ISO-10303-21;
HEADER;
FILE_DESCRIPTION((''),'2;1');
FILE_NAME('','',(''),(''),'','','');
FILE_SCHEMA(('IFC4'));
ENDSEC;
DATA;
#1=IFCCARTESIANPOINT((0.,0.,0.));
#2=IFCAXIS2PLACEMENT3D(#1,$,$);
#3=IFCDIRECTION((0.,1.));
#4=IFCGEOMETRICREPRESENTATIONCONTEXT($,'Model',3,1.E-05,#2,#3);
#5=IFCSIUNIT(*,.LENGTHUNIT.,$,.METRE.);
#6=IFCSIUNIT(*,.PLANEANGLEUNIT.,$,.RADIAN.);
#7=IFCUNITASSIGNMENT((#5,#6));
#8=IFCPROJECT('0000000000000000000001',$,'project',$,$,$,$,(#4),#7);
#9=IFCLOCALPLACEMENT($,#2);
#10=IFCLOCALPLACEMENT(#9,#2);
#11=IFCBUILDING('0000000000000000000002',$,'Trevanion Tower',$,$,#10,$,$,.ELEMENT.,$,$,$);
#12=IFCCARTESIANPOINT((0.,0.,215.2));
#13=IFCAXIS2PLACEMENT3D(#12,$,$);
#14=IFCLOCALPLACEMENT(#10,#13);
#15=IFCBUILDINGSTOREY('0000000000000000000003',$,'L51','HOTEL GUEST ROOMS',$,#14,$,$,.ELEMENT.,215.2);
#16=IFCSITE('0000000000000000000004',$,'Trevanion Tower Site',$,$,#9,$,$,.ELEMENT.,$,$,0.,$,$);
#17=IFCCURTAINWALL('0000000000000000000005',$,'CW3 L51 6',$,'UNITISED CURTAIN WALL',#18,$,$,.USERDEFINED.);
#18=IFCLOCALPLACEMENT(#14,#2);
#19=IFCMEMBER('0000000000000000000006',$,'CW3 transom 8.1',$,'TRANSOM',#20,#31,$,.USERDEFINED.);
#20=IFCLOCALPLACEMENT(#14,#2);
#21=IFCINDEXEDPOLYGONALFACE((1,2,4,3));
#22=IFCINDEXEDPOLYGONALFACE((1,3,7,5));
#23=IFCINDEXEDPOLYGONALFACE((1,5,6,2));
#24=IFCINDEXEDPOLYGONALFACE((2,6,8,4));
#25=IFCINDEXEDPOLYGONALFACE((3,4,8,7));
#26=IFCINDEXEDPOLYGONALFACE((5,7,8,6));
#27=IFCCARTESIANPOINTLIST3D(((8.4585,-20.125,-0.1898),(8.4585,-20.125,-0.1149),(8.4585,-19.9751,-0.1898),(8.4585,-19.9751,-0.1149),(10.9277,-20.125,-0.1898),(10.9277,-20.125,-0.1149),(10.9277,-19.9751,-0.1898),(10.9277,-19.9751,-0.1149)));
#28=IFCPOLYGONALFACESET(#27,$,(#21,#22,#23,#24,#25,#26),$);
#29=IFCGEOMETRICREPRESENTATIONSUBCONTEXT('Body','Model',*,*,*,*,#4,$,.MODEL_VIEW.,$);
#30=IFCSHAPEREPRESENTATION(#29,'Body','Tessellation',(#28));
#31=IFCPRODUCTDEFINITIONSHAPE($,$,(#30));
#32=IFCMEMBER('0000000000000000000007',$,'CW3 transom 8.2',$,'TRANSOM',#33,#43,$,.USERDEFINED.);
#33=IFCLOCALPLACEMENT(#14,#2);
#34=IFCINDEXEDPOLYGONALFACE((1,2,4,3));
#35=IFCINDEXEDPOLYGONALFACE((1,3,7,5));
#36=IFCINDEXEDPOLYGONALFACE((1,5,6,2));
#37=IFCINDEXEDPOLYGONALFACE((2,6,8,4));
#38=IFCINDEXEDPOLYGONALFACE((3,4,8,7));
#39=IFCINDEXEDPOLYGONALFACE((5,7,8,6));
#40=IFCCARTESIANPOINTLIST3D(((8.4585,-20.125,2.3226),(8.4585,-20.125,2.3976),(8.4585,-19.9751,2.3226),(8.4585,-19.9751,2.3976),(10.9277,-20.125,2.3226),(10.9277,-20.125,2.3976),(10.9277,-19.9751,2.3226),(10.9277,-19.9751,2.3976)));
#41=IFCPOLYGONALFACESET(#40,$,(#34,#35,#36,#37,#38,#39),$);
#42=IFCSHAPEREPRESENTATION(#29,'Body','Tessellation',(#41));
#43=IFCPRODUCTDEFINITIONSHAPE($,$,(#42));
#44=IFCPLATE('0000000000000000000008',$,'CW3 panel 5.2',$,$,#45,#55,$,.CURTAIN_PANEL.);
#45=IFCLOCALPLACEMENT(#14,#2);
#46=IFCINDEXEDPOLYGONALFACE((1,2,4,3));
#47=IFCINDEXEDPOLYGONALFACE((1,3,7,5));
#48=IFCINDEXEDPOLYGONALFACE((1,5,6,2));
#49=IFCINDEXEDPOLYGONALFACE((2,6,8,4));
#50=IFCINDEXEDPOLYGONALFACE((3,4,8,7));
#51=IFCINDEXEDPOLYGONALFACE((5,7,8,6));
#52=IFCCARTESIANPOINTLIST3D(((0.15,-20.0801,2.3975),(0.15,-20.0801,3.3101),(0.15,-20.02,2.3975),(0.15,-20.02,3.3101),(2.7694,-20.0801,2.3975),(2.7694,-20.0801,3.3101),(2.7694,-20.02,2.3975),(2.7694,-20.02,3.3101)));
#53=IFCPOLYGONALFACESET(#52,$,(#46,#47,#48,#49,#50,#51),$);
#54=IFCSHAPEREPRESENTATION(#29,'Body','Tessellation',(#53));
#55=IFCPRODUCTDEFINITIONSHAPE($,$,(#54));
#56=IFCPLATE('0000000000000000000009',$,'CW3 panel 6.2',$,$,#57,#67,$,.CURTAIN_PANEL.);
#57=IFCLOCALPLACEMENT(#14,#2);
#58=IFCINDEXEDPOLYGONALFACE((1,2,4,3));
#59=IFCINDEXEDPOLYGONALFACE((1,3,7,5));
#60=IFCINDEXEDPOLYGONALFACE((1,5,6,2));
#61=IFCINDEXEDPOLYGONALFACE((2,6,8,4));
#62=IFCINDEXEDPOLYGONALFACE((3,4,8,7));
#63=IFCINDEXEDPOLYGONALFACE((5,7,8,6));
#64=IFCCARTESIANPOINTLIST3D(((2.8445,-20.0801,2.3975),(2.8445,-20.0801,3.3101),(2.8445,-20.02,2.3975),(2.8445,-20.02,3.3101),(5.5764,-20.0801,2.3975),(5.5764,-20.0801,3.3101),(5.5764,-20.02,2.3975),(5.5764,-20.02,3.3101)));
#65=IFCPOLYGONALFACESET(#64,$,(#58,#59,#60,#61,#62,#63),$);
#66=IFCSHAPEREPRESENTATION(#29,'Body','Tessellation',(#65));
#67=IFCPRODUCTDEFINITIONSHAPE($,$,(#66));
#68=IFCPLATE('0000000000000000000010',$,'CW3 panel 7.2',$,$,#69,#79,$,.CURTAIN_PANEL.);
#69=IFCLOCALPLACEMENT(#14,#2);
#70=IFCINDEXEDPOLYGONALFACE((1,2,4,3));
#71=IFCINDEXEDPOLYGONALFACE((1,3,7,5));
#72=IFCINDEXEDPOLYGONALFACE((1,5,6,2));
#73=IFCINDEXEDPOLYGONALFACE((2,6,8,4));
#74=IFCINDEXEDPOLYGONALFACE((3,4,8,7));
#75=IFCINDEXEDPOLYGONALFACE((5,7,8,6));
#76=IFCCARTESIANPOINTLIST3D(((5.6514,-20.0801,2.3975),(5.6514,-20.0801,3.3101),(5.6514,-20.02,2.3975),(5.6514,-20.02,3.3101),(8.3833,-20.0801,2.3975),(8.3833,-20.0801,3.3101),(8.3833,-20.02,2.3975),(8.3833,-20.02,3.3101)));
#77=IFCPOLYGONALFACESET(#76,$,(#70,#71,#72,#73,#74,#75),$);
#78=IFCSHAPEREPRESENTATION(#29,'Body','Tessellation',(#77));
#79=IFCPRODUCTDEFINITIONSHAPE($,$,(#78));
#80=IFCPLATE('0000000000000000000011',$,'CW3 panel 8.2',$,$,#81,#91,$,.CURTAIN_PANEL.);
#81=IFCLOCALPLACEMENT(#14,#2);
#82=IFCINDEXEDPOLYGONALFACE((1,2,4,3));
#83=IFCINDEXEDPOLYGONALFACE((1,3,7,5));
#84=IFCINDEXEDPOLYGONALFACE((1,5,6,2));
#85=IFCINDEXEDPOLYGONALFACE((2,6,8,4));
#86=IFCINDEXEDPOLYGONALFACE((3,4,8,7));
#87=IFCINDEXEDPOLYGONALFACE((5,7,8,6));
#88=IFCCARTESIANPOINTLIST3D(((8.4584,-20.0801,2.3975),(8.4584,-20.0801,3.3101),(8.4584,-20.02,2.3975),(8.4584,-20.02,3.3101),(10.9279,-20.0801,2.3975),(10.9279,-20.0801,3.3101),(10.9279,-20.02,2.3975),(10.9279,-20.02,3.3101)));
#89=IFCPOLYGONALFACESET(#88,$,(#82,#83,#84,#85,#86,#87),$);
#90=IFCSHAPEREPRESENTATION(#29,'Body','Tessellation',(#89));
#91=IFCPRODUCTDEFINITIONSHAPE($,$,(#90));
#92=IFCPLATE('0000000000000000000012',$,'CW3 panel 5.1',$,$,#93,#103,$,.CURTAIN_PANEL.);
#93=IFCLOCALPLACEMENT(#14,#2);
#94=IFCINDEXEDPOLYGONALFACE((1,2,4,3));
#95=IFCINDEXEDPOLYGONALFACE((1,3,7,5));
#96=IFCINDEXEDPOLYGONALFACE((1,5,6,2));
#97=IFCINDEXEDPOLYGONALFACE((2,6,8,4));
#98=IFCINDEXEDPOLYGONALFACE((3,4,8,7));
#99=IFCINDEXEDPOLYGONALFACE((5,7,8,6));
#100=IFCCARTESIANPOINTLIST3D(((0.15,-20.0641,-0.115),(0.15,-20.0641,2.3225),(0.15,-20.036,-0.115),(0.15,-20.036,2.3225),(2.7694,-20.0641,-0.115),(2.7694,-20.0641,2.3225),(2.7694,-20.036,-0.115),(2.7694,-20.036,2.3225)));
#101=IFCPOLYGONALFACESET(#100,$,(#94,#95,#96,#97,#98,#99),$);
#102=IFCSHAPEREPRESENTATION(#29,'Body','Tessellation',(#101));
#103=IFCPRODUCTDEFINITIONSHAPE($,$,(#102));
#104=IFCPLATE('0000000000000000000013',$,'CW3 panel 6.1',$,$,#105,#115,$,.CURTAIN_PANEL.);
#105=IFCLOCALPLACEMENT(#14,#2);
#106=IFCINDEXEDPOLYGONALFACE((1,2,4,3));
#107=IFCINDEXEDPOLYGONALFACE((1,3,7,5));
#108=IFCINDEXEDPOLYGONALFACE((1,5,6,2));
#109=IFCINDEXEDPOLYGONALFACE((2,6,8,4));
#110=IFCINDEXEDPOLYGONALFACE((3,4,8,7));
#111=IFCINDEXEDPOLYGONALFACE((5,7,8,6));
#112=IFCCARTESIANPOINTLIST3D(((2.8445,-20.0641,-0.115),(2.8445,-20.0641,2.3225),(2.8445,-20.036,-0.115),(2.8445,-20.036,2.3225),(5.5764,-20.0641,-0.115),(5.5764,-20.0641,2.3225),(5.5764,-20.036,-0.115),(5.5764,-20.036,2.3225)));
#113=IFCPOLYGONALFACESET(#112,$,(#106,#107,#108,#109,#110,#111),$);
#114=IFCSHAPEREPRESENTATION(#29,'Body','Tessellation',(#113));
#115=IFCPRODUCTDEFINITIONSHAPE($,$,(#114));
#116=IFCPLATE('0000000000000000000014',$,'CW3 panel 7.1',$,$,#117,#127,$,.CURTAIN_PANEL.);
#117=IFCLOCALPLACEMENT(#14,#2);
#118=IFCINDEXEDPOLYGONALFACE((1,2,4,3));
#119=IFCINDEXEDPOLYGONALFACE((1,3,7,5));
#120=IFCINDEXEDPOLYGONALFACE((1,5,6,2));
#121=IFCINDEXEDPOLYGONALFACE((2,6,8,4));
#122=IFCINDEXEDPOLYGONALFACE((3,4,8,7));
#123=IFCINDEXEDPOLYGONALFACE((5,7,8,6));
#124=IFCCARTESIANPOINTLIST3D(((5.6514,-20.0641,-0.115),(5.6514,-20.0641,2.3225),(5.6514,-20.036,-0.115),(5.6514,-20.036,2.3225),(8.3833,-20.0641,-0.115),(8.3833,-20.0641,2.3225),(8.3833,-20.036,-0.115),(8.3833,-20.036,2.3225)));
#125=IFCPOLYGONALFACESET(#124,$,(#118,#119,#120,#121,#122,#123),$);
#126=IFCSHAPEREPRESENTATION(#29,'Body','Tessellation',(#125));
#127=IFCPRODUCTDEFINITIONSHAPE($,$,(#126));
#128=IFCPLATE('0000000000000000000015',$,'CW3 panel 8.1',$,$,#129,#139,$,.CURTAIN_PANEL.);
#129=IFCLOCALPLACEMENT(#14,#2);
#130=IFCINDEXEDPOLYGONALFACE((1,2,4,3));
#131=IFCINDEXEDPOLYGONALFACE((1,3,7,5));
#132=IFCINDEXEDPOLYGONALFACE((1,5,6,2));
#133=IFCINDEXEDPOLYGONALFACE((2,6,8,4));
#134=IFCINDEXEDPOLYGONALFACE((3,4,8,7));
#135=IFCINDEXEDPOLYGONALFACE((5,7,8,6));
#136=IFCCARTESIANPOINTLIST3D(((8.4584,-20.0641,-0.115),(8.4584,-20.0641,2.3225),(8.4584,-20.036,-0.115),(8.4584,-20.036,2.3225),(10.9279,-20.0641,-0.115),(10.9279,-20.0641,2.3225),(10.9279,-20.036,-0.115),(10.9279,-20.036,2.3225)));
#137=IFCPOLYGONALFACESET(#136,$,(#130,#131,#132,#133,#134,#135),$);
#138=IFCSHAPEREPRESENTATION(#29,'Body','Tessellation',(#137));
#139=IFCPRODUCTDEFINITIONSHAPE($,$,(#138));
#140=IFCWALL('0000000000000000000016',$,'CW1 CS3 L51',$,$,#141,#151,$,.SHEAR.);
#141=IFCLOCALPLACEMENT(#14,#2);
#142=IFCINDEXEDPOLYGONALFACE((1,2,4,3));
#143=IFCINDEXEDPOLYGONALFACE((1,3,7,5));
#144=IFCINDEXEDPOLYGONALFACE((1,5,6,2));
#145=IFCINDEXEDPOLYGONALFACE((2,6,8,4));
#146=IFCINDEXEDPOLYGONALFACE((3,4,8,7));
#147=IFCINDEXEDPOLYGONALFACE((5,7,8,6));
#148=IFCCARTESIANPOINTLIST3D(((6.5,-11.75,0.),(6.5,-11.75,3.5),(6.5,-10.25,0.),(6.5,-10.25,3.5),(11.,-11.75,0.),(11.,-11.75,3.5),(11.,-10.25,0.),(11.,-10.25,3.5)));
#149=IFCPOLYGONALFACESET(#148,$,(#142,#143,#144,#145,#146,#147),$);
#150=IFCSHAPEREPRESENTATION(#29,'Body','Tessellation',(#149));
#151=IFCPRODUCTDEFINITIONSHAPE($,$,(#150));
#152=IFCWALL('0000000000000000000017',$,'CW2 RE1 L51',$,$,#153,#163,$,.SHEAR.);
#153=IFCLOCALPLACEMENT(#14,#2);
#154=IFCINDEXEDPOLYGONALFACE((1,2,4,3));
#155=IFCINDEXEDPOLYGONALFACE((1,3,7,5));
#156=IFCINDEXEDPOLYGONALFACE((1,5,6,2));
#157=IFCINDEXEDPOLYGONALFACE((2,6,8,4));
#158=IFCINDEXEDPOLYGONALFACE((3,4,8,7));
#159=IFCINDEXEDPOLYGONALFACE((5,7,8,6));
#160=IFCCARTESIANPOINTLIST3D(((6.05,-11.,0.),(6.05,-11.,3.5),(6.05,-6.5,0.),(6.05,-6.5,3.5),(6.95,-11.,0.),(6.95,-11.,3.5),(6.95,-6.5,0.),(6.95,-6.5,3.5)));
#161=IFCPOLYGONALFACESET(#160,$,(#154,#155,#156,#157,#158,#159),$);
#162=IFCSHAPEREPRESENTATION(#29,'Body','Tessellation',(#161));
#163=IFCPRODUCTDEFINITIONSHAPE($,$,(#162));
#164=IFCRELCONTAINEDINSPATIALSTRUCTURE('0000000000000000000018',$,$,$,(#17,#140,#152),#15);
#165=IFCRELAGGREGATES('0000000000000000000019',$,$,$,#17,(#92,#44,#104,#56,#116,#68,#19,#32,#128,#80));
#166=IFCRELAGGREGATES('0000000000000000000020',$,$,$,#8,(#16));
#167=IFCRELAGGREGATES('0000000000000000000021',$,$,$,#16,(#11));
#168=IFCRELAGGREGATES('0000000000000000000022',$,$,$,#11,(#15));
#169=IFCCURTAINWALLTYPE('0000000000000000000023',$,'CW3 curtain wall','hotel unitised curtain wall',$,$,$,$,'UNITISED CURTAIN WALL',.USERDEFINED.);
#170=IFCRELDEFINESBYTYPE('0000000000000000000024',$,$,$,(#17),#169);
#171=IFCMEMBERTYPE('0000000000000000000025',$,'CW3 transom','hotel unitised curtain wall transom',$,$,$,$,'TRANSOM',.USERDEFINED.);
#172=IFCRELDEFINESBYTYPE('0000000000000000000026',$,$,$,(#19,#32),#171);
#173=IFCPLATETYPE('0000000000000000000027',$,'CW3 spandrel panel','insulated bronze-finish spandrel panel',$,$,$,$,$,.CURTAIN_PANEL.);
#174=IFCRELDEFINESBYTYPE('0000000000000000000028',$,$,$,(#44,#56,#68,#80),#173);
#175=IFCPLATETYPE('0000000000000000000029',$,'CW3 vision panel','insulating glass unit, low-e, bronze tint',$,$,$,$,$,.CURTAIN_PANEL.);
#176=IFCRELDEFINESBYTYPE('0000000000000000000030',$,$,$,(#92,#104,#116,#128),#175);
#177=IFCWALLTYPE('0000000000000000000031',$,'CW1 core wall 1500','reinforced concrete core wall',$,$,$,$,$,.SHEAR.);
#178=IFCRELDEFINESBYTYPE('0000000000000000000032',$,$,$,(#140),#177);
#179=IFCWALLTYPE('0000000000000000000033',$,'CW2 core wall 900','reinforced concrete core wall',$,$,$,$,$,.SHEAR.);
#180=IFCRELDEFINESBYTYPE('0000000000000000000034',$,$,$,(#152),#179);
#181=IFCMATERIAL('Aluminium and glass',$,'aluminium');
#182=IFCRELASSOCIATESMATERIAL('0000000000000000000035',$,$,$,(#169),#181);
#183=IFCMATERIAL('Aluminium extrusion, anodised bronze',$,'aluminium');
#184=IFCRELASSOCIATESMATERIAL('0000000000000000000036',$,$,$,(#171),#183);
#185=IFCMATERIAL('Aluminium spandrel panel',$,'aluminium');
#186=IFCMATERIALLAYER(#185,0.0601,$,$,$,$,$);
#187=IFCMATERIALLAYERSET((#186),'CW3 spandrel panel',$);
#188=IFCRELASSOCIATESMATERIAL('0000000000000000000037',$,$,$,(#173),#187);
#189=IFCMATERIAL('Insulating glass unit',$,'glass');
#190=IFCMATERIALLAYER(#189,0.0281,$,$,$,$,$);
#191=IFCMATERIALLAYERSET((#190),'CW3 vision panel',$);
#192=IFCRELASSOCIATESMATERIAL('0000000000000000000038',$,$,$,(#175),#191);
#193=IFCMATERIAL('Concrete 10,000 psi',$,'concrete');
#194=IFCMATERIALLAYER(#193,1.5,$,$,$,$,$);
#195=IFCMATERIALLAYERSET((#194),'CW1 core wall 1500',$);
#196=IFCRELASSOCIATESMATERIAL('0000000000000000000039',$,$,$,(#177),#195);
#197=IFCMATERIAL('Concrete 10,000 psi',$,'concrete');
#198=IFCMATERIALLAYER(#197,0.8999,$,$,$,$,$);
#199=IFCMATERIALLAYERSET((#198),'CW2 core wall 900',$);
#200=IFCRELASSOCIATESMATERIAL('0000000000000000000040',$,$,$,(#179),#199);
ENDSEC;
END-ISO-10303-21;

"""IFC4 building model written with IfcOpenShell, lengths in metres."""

from ifc_helpers import new_model, si_unit, direction, frame, frame_2d, origin, origin_2d, place, context, subcontext, project, spatial, rectangle, extrude, material, layer, layer_set, material_profile, profile_set, type_object, element, aggregate, save


model = new_model("IFC4")

# Units and contexts
model_context = context("Model", 3, precision=1e-05, world=origin(), true_north=direction((0.0, 1.0)))
body_context = subcontext(model_context, "Body", "Model", "MODEL_VIEW")
ifc_project = project(units=[si_unit("LENGTHUNIT", "METRE"), si_unit("PLANEANGLEUNIT", "RADIAN")], contexts=[model_context])

# Site, building, storey
site_placement = place(None, origin())
site = spatial("IfcSite", under=ifc_project, at=site_placement, Name="Trevanion Tower Site", CompositionType="ELEMENT", RefElevation=0.0)
building_placement = place(site_placement, origin())
building = spatial("IfcBuilding", under=site, at=building_placement, Name="Trevanion Tower", CompositionType="ELEMENT")
storey_placement = place(building_placement, frame((0.0, 0.0, 215.2)))
storey = spatial("IfcBuildingStorey", under=building, at=storey_placement, Name="L51", Description="HOTEL GUEST ROOMS", CompositionType="ELEMENT", Elevation=215.2)

# Curtain wall, members, plates
ifc_material_1 = material(Name="Aluminium and glass", Category="aluminium")
curtain_wall_type = type_object("IfcCurtainWallType", Name="CW3 curtain wall", Description="hotel unitised curtain wall", ElementType="UNITISED CURTAIN WALL", PredefinedType="USERDEFINED", material=ifc_material_1)
curtain_wall_placement = place(storey_placement, origin())
curtain_wall = element("IfcCurtainWall", 1, at=curtain_wall_placement, inside=storey, type_object=curtain_wall_type, Name="CW3 L51 6", ObjectType="UNITISED CURTAIN WALL", PredefinedType="USERDEFINED")
ifc_material_2 = material(Name="Aluminium extrusion, anodised bronze", Category="aluminium")
ifc_material_profile_1 = material_profile(ifc_material_2, rectangle(XDim=0.1499, YDim=0.075, at=origin_2d()), Name="CW3 transom")
ifc_profile_set_1 = profile_set([ifc_material_profile_1], Name="Aluminium extrusion, anodised bronze")
member_type_1 = type_object("IfcMemberType", Name="CW3 transom", Description="hotel unitised curtain wall transom", ElementType="TRANSOM", PredefinedType="USERDEFINED", material=ifc_profile_set_1)
member_1_placement = place(storey_placement, frame((8.4585, -20.05, -0.1523), z_axis=(1.0, 0.0, 0.0), x_axis=(0.0, 1.0, 0.0)))
member_1 = element("IfcMember", 2, at=member_1_placement, type_object=member_type_1, Name="CW3 transom 8.1", ObjectType="TRANSOM", PredefinedType="USERDEFINED", context=body_context, shape_type="SweptSolid", body=[
    extrude(rectangle(XDim=0.1499, YDim=0.075, at=origin_2d()), origin(), (0.0, 0.0, 1.0), 2.4692),
])
member_2_placement = place(storey_placement, frame((8.4585, -20.05, 2.3601), z_axis=(1.0, 0.0, 0.0), x_axis=(0.0, 1.0, 0.0)))
member_2 = element("IfcMember", 3, at=member_2_placement, type_object=member_type_1, Name="CW3 transom 8.2", ObjectType="TRANSOM", PredefinedType="USERDEFINED", context=body_context, shape_type="SweptSolid", body=[
    extrude(rectangle(XDim=0.1499, YDim=0.075, at=origin_2d()), origin(), (0.0, 0.0, 1.0), 2.4692),
])
ifc_material_3 = material(Name="Aluminium spandrel panel", Category="aluminium")
ifc_layer_1 = layer(ifc_material_3, 0.0601)
ifc_layer_set_1 = layer_set([ifc_layer_1], Name="CW3 spandrel panel")
plate_type_1 = type_object("IfcPlateType", Name="CW3 spandrel panel", Description="insulated bronze-finish spandrel panel", PredefinedType="CURTAIN_PANEL", material=ifc_layer_set_1)
plate_1_placement = place(storey_placement, frame((1.4597, -20.05, 2.3975), z_axis=(0.0, 0.0, 1.0), x_axis=(1.0, 0.0, 0.0)))
plate_1 = element("IfcPlate", 4, at=plate_1_placement, type_object=plate_type_1, Name="CW3 panel 5.2", PredefinedType="CURTAIN_PANEL", context=body_context, shape_type="SweptSolid", body=[
    extrude(rectangle(XDim=2.6194, YDim=0.0601, at=origin_2d()), origin(), (0.0, 0.0, 1.0), 0.9126),
])
plate_2_placement = place(storey_placement, frame((4.2104, -20.05, 2.3975), z_axis=(0.0, 0.0, 1.0), x_axis=(1.0, 0.0, 0.0)))
plate_2 = element("IfcPlate", 5, at=plate_2_placement, type_object=plate_type_1, Name="CW3 panel 6.2", PredefinedType="CURTAIN_PANEL", context=body_context, shape_type="SweptSolid", body=[
    extrude(rectangle(XDim=2.7319, YDim=0.0601, at=origin_2d()), origin(), (0.0, 0.0, 1.0), 0.9126),
])
plate_3_placement = place(storey_placement, frame((7.0173, -20.05, 2.3975), z_axis=(0.0, 0.0, 1.0), x_axis=(1.0, 0.0, 0.0)))
plate_3 = element("IfcPlate", 6, at=plate_3_placement, type_object=plate_type_1, Name="CW3 panel 7.2", PredefinedType="CURTAIN_PANEL", context=body_context, shape_type="SweptSolid", body=[
    extrude(rectangle(XDim=2.7319, YDim=0.0601, at=origin_2d()), origin(), (0.0, 0.0, 1.0), 0.9126),
])
plate_4_placement = place(storey_placement, frame((9.6931, -20.05, 2.3975), z_axis=(0.0, 0.0, 1.0), x_axis=(1.0, 0.0, 0.0)))
plate_4 = element("IfcPlate", 7, at=plate_4_placement, type_object=plate_type_1, Name="CW3 panel 8.2", PredefinedType="CURTAIN_PANEL", context=body_context, shape_type="SweptSolid", body=[
    extrude(rectangle(XDim=2.4695, YDim=0.0601, at=origin_2d()), origin(), (0.0, 0.0, 1.0), 0.9126),
])
ifc_material_4 = material(Name="Insulating glass unit", Category="glass")
ifc_layer_2 = layer(ifc_material_4, 0.0281)
ifc_layer_set_2 = layer_set([ifc_layer_2], Name="CW3 vision panel")
plate_type_2 = type_object("IfcPlateType", Name="CW3 vision panel", Description="insulating glass unit, low-e, bronze tint", PredefinedType="CURTAIN_PANEL", material=ifc_layer_set_2)
plate_5_placement = place(storey_placement, frame((1.4597, -20.05, -0.115), z_axis=(0.0, 0.0, 1.0), x_axis=(1.0, 0.0, 0.0)))
plate_5 = element("IfcPlate", 8, at=plate_5_placement, type_object=plate_type_2, Name="CW3 panel 5.1", PredefinedType="CURTAIN_PANEL", context=body_context, shape_type="SweptSolid", body=[
    extrude(rectangle(XDim=2.6194, YDim=0.0281, at=origin_2d()), origin(), (0.0, 0.0, 1.0), 2.4375),
])
plate_6_placement = place(storey_placement, frame((4.2104, -20.05, -0.115), z_axis=(0.0, 0.0, 1.0), x_axis=(1.0, 0.0, 0.0)))
plate_6 = element("IfcPlate", 9, at=plate_6_placement, type_object=plate_type_2, Name="CW3 panel 6.1", PredefinedType="CURTAIN_PANEL", context=body_context, shape_type="SweptSolid", body=[
    extrude(rectangle(XDim=2.7319, YDim=0.0281, at=origin_2d()), origin(), (0.0, 0.0, 1.0), 2.4375),
])
plate_7_placement = place(storey_placement, frame((7.0173, -20.05, -0.115), z_axis=(0.0, 0.0, 1.0), x_axis=(1.0, 0.0, 0.0)))
plate_7 = element("IfcPlate", 10, at=plate_7_placement, type_object=plate_type_2, Name="CW3 panel 7.1", PredefinedType="CURTAIN_PANEL", context=body_context, shape_type="SweptSolid", body=[
    extrude(rectangle(XDim=2.7319, YDim=0.0281, at=origin_2d()), origin(), (0.0, 0.0, 1.0), 2.4375),
])
plate_8_placement = place(storey_placement, frame((9.6931, -20.05, -0.115), z_axis=(0.0, 0.0, 1.0), x_axis=(1.0, 0.0, 0.0)))
plate_8 = element("IfcPlate", 11, at=plate_8_placement, type_object=plate_type_2, Name="CW3 panel 8.1", PredefinedType="CURTAIN_PANEL", context=body_context, shape_type="SweptSolid", body=[
    extrude(rectangle(XDim=2.4695, YDim=0.0281, at=origin_2d()), origin(), (0.0, 0.0, 1.0), 2.4375),
])
aggregate(curtain_wall, [plate_5, plate_1, plate_6, plate_2, plate_7, plate_3, member_1, member_2, plate_8, plate_4])

# Walls
ifc_material_5 = material(Name="Concrete 10,000 psi", Category="concrete")
ifc_layer_3 = layer(ifc_material_5, 1.5)
ifc_layer_set_3 = layer_set([ifc_layer_3], Name="CW1 core wall 1500")
wall_type_1 = type_object("IfcWallType", Name="CW1 core wall 1500", Description="reinforced concrete core wall", PredefinedType="SHEAR", material=ifc_layer_set_3)
wall_1_placement = place(storey_placement, frame((6.5, -11.0, 0.0), z_axis=(0.0, 0.0, 1.0), x_axis=(1.0, 0.0, 0.0)))
element("IfcWall", 12, at=wall_1_placement, inside=storey, type_object=wall_type_1, Name="CW1 CS3 L51", PredefinedType="SHEAR", context=body_context, shape_type="SweptSolid", body=[
    extrude(rectangle(XDim=4.5, YDim=1.5, at=frame_2d((2.25, 0.0))), origin(), (0.0, 0.0, 1.0), 3.5),
])
ifc_material_6 = material(Name="Concrete 10,000 psi", Category="concrete")
ifc_layer_4 = layer(ifc_material_6, 0.8999)
ifc_layer_set_4 = layer_set([ifc_layer_4], Name="CW2 core wall 900")
wall_type_2 = type_object("IfcWallType", Name="CW2 core wall 900", Description="reinforced concrete core wall", PredefinedType="SHEAR", material=ifc_layer_set_4)
wall_2_placement = place(storey_placement, frame((6.5, -11.0, 0.0), z_axis=(0.0, 0.0, 1.0), x_axis=(0.0, 1.0, 0.0)))
element("IfcWall", 13, at=wall_2_placement, inside=storey, type_object=wall_type_2, Name="CW2 RE1 L51", PredefinedType="SHEAR", context=body_context, shape_type="SweptSolid", body=[
    extrude(rectangle(XDim=4.5, YDim=0.8999, at=frame_2d((2.25, 0.0))), origin(), (0.0, 0.0, 1.0), 3.5),
])

save(model, "model.ifc")
